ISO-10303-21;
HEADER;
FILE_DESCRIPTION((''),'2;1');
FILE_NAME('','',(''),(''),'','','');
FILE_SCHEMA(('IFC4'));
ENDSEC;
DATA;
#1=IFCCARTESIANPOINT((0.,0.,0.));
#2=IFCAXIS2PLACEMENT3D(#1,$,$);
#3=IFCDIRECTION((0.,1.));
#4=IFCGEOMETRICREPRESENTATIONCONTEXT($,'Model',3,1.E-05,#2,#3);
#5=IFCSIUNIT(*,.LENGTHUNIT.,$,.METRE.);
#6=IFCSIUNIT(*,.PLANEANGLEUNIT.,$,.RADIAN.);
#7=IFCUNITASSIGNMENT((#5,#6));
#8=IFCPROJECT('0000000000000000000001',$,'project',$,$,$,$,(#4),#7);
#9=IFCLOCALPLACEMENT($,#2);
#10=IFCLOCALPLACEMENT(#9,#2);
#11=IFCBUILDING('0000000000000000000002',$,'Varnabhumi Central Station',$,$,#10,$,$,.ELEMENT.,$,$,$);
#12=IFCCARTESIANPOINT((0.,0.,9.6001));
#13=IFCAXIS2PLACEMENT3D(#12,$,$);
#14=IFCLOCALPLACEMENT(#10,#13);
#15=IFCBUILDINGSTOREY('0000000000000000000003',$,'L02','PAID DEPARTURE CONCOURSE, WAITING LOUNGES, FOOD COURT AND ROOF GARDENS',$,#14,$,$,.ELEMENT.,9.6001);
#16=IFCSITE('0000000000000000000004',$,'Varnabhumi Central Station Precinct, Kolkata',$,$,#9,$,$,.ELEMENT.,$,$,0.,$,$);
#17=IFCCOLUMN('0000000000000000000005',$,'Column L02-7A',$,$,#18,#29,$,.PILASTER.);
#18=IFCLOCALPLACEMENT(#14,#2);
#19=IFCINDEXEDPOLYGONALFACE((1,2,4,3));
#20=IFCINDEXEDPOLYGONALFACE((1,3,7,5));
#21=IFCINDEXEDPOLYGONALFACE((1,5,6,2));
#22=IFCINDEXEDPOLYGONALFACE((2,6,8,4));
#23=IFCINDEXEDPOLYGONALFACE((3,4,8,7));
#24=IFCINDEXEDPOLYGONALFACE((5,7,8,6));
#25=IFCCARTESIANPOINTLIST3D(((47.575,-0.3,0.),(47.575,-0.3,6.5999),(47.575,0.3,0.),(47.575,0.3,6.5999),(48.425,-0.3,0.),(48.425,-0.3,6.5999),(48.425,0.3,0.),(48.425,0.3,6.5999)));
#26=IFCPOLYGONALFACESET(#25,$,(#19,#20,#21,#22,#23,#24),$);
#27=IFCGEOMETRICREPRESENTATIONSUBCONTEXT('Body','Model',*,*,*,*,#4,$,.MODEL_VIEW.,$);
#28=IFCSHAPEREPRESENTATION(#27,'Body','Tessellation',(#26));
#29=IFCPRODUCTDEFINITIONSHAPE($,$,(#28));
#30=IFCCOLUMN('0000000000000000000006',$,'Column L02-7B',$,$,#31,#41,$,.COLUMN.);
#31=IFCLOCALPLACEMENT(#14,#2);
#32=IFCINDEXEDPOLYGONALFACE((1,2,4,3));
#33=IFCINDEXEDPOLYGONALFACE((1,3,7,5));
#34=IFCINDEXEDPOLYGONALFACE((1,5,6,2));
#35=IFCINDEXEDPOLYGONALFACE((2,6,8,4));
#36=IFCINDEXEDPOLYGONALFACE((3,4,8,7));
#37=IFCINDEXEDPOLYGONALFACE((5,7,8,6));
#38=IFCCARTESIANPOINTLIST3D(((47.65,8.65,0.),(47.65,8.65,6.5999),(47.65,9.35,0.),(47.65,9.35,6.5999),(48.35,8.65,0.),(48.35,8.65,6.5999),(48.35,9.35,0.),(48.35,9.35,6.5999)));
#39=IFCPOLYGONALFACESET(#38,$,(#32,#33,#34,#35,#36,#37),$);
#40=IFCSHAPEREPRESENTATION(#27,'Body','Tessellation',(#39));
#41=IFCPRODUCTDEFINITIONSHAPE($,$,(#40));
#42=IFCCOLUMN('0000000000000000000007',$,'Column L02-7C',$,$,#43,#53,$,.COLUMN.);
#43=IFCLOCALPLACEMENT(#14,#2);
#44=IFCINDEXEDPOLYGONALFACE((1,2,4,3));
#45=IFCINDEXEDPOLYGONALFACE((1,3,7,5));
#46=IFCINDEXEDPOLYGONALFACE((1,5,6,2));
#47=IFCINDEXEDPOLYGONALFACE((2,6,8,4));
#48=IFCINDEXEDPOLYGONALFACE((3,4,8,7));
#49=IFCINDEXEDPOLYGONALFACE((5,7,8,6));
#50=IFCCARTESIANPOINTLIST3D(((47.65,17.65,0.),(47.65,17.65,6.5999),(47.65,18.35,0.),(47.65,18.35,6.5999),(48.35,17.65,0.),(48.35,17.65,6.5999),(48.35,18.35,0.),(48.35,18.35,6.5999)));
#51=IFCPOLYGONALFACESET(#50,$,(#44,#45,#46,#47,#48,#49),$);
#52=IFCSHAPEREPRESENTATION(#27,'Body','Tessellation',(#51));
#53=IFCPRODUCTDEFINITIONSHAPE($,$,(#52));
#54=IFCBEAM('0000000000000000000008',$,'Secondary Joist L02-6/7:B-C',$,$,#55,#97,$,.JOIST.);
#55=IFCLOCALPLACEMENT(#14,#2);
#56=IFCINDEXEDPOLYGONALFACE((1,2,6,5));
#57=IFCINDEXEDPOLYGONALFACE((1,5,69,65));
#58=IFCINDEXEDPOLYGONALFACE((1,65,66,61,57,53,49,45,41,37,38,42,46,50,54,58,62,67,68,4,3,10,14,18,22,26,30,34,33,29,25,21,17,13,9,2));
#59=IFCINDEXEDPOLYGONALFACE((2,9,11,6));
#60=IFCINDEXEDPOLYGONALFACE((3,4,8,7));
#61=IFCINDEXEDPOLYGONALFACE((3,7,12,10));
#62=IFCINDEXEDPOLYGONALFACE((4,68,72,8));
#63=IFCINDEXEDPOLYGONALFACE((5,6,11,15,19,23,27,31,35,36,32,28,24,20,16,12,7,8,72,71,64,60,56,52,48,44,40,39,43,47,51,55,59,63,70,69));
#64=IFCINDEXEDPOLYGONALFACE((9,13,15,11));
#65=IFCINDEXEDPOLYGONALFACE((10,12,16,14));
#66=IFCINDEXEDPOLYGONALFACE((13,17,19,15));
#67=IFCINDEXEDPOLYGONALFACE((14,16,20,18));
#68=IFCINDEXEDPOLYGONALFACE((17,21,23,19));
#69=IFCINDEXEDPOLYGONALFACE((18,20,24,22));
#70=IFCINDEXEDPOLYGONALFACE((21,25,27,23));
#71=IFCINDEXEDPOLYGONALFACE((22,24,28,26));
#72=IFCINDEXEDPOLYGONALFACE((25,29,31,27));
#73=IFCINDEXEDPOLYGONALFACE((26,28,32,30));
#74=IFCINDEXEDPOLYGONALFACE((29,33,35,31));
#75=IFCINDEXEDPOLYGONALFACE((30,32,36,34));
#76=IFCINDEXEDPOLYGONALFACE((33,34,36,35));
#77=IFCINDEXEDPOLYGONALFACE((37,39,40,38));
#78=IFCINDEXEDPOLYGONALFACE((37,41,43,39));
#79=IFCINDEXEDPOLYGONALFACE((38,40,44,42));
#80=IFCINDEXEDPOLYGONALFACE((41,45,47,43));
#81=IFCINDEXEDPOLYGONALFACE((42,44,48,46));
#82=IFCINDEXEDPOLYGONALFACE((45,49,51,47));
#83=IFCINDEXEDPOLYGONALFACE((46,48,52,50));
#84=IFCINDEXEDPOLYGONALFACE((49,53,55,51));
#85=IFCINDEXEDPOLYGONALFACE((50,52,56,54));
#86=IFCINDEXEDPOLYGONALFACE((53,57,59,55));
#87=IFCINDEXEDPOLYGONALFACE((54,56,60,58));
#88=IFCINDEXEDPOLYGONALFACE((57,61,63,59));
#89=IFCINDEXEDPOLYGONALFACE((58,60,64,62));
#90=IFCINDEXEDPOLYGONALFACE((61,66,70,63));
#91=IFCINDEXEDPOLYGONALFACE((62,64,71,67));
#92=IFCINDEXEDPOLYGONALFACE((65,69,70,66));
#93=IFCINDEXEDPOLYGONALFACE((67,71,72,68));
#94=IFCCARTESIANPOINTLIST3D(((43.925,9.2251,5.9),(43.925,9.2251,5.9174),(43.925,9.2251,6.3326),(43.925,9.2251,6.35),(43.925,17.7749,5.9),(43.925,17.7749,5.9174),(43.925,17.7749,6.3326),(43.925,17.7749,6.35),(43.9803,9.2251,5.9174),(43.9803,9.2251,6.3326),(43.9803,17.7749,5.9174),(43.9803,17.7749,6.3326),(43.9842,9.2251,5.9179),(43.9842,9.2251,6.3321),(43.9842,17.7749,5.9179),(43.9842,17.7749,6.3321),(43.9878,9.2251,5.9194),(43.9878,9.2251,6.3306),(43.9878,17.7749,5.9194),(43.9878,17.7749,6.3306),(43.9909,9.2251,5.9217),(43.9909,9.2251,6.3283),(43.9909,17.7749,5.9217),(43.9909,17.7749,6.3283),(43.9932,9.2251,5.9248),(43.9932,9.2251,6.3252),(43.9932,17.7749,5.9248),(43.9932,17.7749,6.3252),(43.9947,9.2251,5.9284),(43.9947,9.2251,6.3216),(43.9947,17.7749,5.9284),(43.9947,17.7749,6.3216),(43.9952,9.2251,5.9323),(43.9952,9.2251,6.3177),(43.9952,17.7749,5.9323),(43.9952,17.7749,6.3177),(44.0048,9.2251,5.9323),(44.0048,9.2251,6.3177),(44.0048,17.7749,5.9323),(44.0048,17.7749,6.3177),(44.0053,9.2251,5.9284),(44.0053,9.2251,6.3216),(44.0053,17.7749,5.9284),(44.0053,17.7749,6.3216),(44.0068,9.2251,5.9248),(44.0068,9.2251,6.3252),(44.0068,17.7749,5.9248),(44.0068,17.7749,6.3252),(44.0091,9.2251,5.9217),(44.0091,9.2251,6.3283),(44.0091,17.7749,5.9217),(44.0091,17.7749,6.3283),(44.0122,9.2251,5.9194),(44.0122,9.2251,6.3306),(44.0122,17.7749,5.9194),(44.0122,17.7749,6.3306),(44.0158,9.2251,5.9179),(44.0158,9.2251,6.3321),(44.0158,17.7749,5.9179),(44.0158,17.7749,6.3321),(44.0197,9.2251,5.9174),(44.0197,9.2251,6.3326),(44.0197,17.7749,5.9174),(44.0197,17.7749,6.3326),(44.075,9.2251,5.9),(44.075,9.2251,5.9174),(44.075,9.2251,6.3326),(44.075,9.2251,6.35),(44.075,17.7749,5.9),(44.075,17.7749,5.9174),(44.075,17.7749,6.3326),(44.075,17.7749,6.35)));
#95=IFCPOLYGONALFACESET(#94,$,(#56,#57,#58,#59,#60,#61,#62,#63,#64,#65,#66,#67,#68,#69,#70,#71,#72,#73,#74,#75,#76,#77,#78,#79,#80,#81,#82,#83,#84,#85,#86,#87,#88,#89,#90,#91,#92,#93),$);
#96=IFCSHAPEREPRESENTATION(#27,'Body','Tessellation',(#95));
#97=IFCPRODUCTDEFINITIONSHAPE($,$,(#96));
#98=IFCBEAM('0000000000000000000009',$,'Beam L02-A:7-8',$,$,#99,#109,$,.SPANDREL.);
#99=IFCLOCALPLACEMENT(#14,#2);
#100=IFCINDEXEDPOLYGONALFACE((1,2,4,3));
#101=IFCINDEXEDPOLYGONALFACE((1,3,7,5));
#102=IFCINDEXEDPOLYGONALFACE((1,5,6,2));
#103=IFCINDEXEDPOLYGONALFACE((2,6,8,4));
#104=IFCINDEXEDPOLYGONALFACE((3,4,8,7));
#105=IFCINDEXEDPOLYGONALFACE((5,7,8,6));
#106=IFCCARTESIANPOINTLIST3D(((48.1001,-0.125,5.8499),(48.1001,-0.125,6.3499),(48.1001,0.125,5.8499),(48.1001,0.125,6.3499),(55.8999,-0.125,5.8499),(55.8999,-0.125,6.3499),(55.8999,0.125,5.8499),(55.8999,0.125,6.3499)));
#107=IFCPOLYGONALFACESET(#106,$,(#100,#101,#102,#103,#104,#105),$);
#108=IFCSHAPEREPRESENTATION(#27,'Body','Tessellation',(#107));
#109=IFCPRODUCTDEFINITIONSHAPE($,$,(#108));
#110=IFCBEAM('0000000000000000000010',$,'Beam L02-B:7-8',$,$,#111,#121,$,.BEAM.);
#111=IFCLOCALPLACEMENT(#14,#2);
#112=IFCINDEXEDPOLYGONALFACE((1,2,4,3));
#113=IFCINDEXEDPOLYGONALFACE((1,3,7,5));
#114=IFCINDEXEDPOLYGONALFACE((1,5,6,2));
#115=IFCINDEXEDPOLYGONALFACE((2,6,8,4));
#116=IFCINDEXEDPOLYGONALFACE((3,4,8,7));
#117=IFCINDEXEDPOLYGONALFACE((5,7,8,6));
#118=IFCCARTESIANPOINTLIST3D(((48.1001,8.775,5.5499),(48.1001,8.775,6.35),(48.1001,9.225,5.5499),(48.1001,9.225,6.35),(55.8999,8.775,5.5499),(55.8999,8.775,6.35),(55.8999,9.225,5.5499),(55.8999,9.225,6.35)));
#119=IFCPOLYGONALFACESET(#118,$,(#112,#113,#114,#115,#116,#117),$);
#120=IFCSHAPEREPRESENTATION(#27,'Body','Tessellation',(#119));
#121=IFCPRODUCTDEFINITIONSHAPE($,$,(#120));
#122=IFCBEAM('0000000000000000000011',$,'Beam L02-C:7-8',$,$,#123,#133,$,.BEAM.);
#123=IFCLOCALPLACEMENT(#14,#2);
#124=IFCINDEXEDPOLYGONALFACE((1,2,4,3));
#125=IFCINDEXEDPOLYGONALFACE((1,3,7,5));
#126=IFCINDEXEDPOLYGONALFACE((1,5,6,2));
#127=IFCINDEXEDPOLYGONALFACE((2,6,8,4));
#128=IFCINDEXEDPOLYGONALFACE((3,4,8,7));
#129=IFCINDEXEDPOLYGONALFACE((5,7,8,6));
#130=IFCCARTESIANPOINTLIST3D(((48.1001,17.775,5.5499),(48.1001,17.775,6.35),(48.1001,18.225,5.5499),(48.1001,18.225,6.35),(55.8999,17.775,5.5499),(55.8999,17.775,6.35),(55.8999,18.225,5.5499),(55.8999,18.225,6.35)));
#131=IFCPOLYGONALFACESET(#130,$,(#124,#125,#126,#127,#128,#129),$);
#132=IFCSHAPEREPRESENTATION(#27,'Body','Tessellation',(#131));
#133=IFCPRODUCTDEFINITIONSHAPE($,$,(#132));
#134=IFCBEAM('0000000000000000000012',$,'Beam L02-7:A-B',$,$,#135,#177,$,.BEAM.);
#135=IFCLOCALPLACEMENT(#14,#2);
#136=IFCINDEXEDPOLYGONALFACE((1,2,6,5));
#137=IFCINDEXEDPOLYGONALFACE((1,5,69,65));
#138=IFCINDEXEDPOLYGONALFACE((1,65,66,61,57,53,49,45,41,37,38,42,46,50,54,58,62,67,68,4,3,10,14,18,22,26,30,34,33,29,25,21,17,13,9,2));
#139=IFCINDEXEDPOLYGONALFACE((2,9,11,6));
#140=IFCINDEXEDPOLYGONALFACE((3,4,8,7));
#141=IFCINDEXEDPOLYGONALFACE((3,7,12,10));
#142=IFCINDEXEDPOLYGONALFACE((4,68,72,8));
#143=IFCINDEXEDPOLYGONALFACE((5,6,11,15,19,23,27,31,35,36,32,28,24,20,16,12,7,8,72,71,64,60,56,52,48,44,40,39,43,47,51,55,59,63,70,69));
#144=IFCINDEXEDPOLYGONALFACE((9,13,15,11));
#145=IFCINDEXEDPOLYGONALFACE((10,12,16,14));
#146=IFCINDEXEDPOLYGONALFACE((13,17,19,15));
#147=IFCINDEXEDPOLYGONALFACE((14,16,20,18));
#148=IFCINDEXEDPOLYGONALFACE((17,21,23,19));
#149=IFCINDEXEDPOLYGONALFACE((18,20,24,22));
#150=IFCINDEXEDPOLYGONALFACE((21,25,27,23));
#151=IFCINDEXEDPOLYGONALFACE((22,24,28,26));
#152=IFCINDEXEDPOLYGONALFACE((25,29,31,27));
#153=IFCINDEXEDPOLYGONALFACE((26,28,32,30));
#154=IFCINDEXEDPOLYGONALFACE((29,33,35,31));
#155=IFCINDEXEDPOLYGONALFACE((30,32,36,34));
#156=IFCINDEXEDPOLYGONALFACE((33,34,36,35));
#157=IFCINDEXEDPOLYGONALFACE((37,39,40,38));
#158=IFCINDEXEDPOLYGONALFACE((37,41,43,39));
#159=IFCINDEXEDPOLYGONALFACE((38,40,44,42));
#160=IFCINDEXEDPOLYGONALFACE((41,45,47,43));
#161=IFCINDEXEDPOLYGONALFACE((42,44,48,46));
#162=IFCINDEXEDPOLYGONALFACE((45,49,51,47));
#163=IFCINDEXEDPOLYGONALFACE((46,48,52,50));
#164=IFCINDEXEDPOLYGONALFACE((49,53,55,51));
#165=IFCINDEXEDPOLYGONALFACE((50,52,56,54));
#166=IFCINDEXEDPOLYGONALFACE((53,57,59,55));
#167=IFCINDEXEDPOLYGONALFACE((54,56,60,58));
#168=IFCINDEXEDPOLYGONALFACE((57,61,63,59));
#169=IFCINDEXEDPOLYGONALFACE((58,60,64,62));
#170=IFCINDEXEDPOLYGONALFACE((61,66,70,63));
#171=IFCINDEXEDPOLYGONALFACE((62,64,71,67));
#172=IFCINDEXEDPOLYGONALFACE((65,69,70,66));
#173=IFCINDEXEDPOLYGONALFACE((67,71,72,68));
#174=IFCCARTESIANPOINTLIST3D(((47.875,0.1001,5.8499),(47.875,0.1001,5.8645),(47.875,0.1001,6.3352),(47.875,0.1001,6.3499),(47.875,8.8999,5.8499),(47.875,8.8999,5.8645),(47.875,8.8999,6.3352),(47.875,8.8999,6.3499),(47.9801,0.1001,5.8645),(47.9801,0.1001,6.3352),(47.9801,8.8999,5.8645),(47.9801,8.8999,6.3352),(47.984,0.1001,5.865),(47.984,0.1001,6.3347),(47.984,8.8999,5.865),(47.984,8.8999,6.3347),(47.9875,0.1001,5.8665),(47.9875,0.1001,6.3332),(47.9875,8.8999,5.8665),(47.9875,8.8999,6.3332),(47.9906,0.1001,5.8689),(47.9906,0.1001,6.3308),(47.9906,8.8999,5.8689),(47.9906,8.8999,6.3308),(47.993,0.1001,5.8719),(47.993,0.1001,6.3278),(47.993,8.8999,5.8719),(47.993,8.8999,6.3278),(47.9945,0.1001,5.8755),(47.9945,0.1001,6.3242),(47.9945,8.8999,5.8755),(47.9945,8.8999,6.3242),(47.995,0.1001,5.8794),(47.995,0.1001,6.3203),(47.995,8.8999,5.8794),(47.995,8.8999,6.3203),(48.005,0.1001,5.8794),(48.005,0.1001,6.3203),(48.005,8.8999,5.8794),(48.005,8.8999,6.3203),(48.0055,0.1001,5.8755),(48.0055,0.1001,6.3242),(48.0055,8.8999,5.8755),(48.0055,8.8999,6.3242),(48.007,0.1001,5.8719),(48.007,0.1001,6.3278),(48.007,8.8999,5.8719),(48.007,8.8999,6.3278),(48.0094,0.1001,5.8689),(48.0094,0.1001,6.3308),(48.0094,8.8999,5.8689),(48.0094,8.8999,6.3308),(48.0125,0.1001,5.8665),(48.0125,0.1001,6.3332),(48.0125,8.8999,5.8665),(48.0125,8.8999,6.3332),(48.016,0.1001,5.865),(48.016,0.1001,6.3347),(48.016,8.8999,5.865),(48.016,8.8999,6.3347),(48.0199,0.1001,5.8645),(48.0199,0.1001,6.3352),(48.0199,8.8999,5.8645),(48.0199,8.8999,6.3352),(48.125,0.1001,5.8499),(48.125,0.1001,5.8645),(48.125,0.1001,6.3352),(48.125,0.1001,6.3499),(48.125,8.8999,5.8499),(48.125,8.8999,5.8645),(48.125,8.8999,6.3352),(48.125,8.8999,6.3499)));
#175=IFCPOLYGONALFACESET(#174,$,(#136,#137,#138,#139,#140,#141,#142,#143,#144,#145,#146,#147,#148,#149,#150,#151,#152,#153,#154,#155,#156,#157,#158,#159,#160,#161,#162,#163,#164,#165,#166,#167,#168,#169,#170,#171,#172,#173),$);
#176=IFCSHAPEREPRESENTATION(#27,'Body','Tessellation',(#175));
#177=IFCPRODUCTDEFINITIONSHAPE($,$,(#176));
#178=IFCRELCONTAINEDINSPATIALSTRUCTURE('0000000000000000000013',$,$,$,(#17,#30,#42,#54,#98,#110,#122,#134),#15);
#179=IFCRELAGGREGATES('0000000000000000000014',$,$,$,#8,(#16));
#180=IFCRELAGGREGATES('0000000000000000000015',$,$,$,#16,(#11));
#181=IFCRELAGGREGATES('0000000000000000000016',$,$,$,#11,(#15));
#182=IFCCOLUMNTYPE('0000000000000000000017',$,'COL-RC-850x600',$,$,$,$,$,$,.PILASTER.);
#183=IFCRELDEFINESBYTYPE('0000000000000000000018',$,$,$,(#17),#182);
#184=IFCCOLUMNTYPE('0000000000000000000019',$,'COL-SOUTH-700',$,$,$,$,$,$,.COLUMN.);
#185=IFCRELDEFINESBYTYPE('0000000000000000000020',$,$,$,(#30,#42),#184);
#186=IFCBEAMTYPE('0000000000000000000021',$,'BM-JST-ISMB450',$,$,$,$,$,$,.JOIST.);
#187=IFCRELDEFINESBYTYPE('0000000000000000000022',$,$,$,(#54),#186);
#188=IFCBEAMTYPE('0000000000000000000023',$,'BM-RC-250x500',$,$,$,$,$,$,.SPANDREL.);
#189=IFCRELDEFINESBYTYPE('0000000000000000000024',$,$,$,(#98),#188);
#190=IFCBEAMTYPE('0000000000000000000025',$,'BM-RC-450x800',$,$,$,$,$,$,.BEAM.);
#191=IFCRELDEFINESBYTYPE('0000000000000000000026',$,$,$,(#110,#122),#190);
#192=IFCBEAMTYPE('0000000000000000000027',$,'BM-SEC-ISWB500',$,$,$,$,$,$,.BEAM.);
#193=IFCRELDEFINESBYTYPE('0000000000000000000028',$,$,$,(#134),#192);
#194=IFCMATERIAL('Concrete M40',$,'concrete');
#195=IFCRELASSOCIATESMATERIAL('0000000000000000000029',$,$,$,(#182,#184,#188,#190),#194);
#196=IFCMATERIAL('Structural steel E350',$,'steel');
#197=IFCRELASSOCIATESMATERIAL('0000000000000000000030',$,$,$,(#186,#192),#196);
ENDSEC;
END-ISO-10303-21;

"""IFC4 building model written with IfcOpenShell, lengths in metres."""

from ifc_helpers import new_model, si_unit, direction, frame, origin, origin_2d, place, context, subcontext, project, spatial, rectangle, i_section, extrude, material, material_profile, profile_set, type_object, element, save


model = new_model("IFC4")

# Units and contexts
model_context = context("Model", 3, precision=1e-05, world=origin(), true_north=direction((0.0, 1.0)))
body_context = subcontext(model_context, "Body", "Model", "MODEL_VIEW")
ifc_project = project(units=[si_unit("LENGTHUNIT", "METRE"), si_unit("PLANEANGLEUNIT", "RADIAN")], contexts=[model_context])

# Site, building, storey
site_placement = place(None, origin())
site = spatial("IfcSite", under=ifc_project, at=site_placement, Name="Varnabhumi Central Station Precinct, Kolkata", CompositionType="ELEMENT", RefElevation=0.0)
building_placement = place(site_placement, origin())
building = spatial("IfcBuilding", under=site, at=building_placement, Name="Varnabhumi Central Station", CompositionType="ELEMENT")
storey_placement = place(building_placement, frame((0.0, 0.0, 9.6001)))
storey = spatial("IfcBuildingStorey", under=building, at=storey_placement, Name="L02", Description="PAID DEPARTURE CONCOURSE, WAITING LOUNGES, FOOD COURT AND ROOF GARDENS", CompositionType="ELEMENT", Elevation=9.6001)

# Columns
ifc_material_1 = material(Name="Concrete M40", Category="concrete")
ifc_material_profile_1 = material_profile(ifc_material_1, rectangle(XDim=0.8501, YDim=0.6001, at=origin_2d()), Name="Concrete M40", Category="concrete")
ifc_profile_set_1 = profile_set([ifc_material_profile_1], Name="Concrete M40")
column_type_1 = type_object("IfcColumnType", Name="COL-RC-850x600", PredefinedType="PILASTER", material=ifc_profile_set_1)
column_placement = place(storey_placement, frame((48.0, 0.0, 0.0), z_axis=(0.0, 0.0, 1.0), x_axis=(1.0, 0.0, 0.0)))
element("IfcColumn", 1, at=column_placement, inside=storey, type_object=column_type_1, Name="Column L02-7A", PredefinedType="PILASTER", context=body_context, shape_type="SweptSolid", body=[
    extrude(rectangle(XDim=0.8501, YDim=0.6001, at=origin_2d()), origin(), (0.0, 0.0, 1.0), 6.5999),
])
ifc_material_profile_2 = material_profile(ifc_material_1, rectangle(XDim=0.7, YDim=0.7, at=origin_2d()), Name="Concrete M40", Category="concrete")
ifc_profile_set_2 = profile_set([ifc_material_profile_2], Name="Concrete M40")
column_type_2 = type_object("IfcColumnType", Name="COL-SOUTH-700", PredefinedType="COLUMN", material=ifc_profile_set_2)
for number, where, z_axis, x_axis, name in (
    (2, (48.0, 9.0, 0.0), (0.0, 0.0, 1.0), (1.0, 0.0, 0.0), "Column L02-7B"),
    (3, (48.0, 18.0, 0.0), (0.0, 0.0, 1.0), (1.0, 0.0, 0.0), "Column L02-7C"),
):
    element("IfcColumn", number, at=place(storey_placement, frame(where, z_axis=z_axis, x_axis=x_axis)), inside=storey, type_object=column_type_2, Name=name, PredefinedType="COLUMN", context=body_context, shape_type="SweptSolid", body=[
        extrude(rectangle(XDim=0.7, YDim=0.7, at=origin_2d()), origin(), (0.0, 0.0, 1.0), 6.5999),
    ])

# Beams
ifc_material_2 = material(Name="Structural steel E350", Category="steel")
ifc_material_profile_3 = material_profile(ifc_material_2, i_section(OverallWidth=0.1499, OverallDepth=0.45, WebThickness=0.0095, FlangeThickness=0.0173, FilletRadius=0.0149, at=origin_2d()), Name="Structural steel E350", Category="steel")
ifc_profile_set_3 = profile_set([ifc_material_profile_3], Name="Structural steel E350")
beam_type_1 = type_object("IfcBeamType", Name="BM-JST-ISMB450", PredefinedType="JOIST", material=ifc_profile_set_3)
beam_1_placement = place(storey_placement, frame((44.0, 9.2251, 6.125), z_axis=(0.0, 1.0, 0.0), x_axis=(-1.0, 0.0, 0.0)))
element("IfcBeam", 4, at=beam_1_placement, inside=storey, type_object=beam_type_1, Name="Secondary Joist L02-6/7:B-C", PredefinedType="JOIST", context=body_context, shape_type="SweptSolid", body=[
    extrude(i_section(OverallWidth=0.1499, OverallDepth=0.45, WebThickness=0.0095, FlangeThickness=0.0173, FilletRadius=0.0149, at=origin_2d()), origin(), (0.0, 0.0, 1.0), 8.5498),
])
ifc_material_profile_4 = material_profile(ifc_material_1, rectangle(XDim=0.25, YDim=0.5, at=origin_2d()), Name="Concrete M40", Category="concrete")
ifc_profile_set_4 = profile_set([ifc_material_profile_4], Name="Concrete M40")
beam_type_2 = type_object("IfcBeamType", Name="BM-RC-250x500", PredefinedType="SPANDREL", material=ifc_profile_set_4)
beam_2_placement = place(storey_placement, frame((48.1001, 0.0, 6.0999), z_axis=(1.0, 0.0, 0.0), x_axis=(0.0, 1.0, 0.0)))
element("IfcBeam", 5, at=beam_2_placement, inside=storey, type_object=beam_type_2, Name="Beam L02-A:7-8", PredefinedType="SPANDREL", context=body_context, shape_type="SweptSolid", body=[
    extrude(rectangle(XDim=0.25, YDim=0.5, at=origin_2d()), origin(), (0.0, 0.0, 1.0), 7.7998),
])
ifc_material_profile_5 = material_profile(ifc_material_1, rectangle(XDim=0.45, YDim=0.8, at=origin_2d()), Name="Concrete M40", Category="concrete")
ifc_profile_set_5 = profile_set([ifc_material_profile_5], Name="Concrete M40")
beam_type_3 = type_object("IfcBeamType", Name="BM-RC-450x800", PredefinedType="BEAM", material=ifc_profile_set_5)
for number, where, z_axis, x_axis, name in (
    (6, (48.1001, 9.0, 5.95), (1.0, 0.0, 0.0), (0.0, 1.0, 0.0), "Beam L02-B:7-8"),
    (7, (48.1001, 18.0, 5.95), (1.0, 0.0, 0.0), (0.0, 1.0, 0.0), "Beam L02-C:7-8"),
):
    element("IfcBeam", number, at=place(storey_placement, frame(where, z_axis=z_axis, x_axis=x_axis)), inside=storey, type_object=beam_type_3, Name=name, PredefinedType="BEAM", context=body_context, shape_type="SweptSolid", body=[
        extrude(rectangle(XDim=0.45, YDim=0.8, at=origin_2d()), origin(), (0.0, 0.0, 1.0), 7.7998),
    ])
ifc_material_profile_6 = material_profile(ifc_material_2, i_section(OverallWidth=0.25, OverallDepth=0.5, WebThickness=0.01, FlangeThickness=0.0146, FilletRadius=0.0149, at=origin_2d()), Name="Structural steel E350", Category="steel")
ifc_profile_set_6 = profile_set([ifc_material_profile_6], Name="Structural steel E350")
beam_type_4 = type_object("IfcBeamType", Name="BM-SEC-ISWB500", PredefinedType="BEAM", material=ifc_profile_set_6)
for number, where, z_axis, x_axis, name in (
    (8, (48.0, 0.1001, 6.0999), (0.0, 1.0, 0.0), (-1.0, 0.0, 0.0), "Beam L02-7:A-B"),
):
    element("IfcBeam", number, at=place(storey_placement, frame(where, z_axis=z_axis, x_axis=x_axis)), inside=storey, type_object=beam_type_4, Name=name, PredefinedType="BEAM", context=body_context, shape_type="SweptSolid", body=[
        extrude(i_section(OverallWidth=0.25, OverallDepth=0.5, WebThickness=0.01, FlangeThickness=0.0146, FilletRadius=0.0149, at=origin_2d()), origin(), (0.0, 0.0, 1.0), 8.7998),
    ])

save(model, "model.ifc")
